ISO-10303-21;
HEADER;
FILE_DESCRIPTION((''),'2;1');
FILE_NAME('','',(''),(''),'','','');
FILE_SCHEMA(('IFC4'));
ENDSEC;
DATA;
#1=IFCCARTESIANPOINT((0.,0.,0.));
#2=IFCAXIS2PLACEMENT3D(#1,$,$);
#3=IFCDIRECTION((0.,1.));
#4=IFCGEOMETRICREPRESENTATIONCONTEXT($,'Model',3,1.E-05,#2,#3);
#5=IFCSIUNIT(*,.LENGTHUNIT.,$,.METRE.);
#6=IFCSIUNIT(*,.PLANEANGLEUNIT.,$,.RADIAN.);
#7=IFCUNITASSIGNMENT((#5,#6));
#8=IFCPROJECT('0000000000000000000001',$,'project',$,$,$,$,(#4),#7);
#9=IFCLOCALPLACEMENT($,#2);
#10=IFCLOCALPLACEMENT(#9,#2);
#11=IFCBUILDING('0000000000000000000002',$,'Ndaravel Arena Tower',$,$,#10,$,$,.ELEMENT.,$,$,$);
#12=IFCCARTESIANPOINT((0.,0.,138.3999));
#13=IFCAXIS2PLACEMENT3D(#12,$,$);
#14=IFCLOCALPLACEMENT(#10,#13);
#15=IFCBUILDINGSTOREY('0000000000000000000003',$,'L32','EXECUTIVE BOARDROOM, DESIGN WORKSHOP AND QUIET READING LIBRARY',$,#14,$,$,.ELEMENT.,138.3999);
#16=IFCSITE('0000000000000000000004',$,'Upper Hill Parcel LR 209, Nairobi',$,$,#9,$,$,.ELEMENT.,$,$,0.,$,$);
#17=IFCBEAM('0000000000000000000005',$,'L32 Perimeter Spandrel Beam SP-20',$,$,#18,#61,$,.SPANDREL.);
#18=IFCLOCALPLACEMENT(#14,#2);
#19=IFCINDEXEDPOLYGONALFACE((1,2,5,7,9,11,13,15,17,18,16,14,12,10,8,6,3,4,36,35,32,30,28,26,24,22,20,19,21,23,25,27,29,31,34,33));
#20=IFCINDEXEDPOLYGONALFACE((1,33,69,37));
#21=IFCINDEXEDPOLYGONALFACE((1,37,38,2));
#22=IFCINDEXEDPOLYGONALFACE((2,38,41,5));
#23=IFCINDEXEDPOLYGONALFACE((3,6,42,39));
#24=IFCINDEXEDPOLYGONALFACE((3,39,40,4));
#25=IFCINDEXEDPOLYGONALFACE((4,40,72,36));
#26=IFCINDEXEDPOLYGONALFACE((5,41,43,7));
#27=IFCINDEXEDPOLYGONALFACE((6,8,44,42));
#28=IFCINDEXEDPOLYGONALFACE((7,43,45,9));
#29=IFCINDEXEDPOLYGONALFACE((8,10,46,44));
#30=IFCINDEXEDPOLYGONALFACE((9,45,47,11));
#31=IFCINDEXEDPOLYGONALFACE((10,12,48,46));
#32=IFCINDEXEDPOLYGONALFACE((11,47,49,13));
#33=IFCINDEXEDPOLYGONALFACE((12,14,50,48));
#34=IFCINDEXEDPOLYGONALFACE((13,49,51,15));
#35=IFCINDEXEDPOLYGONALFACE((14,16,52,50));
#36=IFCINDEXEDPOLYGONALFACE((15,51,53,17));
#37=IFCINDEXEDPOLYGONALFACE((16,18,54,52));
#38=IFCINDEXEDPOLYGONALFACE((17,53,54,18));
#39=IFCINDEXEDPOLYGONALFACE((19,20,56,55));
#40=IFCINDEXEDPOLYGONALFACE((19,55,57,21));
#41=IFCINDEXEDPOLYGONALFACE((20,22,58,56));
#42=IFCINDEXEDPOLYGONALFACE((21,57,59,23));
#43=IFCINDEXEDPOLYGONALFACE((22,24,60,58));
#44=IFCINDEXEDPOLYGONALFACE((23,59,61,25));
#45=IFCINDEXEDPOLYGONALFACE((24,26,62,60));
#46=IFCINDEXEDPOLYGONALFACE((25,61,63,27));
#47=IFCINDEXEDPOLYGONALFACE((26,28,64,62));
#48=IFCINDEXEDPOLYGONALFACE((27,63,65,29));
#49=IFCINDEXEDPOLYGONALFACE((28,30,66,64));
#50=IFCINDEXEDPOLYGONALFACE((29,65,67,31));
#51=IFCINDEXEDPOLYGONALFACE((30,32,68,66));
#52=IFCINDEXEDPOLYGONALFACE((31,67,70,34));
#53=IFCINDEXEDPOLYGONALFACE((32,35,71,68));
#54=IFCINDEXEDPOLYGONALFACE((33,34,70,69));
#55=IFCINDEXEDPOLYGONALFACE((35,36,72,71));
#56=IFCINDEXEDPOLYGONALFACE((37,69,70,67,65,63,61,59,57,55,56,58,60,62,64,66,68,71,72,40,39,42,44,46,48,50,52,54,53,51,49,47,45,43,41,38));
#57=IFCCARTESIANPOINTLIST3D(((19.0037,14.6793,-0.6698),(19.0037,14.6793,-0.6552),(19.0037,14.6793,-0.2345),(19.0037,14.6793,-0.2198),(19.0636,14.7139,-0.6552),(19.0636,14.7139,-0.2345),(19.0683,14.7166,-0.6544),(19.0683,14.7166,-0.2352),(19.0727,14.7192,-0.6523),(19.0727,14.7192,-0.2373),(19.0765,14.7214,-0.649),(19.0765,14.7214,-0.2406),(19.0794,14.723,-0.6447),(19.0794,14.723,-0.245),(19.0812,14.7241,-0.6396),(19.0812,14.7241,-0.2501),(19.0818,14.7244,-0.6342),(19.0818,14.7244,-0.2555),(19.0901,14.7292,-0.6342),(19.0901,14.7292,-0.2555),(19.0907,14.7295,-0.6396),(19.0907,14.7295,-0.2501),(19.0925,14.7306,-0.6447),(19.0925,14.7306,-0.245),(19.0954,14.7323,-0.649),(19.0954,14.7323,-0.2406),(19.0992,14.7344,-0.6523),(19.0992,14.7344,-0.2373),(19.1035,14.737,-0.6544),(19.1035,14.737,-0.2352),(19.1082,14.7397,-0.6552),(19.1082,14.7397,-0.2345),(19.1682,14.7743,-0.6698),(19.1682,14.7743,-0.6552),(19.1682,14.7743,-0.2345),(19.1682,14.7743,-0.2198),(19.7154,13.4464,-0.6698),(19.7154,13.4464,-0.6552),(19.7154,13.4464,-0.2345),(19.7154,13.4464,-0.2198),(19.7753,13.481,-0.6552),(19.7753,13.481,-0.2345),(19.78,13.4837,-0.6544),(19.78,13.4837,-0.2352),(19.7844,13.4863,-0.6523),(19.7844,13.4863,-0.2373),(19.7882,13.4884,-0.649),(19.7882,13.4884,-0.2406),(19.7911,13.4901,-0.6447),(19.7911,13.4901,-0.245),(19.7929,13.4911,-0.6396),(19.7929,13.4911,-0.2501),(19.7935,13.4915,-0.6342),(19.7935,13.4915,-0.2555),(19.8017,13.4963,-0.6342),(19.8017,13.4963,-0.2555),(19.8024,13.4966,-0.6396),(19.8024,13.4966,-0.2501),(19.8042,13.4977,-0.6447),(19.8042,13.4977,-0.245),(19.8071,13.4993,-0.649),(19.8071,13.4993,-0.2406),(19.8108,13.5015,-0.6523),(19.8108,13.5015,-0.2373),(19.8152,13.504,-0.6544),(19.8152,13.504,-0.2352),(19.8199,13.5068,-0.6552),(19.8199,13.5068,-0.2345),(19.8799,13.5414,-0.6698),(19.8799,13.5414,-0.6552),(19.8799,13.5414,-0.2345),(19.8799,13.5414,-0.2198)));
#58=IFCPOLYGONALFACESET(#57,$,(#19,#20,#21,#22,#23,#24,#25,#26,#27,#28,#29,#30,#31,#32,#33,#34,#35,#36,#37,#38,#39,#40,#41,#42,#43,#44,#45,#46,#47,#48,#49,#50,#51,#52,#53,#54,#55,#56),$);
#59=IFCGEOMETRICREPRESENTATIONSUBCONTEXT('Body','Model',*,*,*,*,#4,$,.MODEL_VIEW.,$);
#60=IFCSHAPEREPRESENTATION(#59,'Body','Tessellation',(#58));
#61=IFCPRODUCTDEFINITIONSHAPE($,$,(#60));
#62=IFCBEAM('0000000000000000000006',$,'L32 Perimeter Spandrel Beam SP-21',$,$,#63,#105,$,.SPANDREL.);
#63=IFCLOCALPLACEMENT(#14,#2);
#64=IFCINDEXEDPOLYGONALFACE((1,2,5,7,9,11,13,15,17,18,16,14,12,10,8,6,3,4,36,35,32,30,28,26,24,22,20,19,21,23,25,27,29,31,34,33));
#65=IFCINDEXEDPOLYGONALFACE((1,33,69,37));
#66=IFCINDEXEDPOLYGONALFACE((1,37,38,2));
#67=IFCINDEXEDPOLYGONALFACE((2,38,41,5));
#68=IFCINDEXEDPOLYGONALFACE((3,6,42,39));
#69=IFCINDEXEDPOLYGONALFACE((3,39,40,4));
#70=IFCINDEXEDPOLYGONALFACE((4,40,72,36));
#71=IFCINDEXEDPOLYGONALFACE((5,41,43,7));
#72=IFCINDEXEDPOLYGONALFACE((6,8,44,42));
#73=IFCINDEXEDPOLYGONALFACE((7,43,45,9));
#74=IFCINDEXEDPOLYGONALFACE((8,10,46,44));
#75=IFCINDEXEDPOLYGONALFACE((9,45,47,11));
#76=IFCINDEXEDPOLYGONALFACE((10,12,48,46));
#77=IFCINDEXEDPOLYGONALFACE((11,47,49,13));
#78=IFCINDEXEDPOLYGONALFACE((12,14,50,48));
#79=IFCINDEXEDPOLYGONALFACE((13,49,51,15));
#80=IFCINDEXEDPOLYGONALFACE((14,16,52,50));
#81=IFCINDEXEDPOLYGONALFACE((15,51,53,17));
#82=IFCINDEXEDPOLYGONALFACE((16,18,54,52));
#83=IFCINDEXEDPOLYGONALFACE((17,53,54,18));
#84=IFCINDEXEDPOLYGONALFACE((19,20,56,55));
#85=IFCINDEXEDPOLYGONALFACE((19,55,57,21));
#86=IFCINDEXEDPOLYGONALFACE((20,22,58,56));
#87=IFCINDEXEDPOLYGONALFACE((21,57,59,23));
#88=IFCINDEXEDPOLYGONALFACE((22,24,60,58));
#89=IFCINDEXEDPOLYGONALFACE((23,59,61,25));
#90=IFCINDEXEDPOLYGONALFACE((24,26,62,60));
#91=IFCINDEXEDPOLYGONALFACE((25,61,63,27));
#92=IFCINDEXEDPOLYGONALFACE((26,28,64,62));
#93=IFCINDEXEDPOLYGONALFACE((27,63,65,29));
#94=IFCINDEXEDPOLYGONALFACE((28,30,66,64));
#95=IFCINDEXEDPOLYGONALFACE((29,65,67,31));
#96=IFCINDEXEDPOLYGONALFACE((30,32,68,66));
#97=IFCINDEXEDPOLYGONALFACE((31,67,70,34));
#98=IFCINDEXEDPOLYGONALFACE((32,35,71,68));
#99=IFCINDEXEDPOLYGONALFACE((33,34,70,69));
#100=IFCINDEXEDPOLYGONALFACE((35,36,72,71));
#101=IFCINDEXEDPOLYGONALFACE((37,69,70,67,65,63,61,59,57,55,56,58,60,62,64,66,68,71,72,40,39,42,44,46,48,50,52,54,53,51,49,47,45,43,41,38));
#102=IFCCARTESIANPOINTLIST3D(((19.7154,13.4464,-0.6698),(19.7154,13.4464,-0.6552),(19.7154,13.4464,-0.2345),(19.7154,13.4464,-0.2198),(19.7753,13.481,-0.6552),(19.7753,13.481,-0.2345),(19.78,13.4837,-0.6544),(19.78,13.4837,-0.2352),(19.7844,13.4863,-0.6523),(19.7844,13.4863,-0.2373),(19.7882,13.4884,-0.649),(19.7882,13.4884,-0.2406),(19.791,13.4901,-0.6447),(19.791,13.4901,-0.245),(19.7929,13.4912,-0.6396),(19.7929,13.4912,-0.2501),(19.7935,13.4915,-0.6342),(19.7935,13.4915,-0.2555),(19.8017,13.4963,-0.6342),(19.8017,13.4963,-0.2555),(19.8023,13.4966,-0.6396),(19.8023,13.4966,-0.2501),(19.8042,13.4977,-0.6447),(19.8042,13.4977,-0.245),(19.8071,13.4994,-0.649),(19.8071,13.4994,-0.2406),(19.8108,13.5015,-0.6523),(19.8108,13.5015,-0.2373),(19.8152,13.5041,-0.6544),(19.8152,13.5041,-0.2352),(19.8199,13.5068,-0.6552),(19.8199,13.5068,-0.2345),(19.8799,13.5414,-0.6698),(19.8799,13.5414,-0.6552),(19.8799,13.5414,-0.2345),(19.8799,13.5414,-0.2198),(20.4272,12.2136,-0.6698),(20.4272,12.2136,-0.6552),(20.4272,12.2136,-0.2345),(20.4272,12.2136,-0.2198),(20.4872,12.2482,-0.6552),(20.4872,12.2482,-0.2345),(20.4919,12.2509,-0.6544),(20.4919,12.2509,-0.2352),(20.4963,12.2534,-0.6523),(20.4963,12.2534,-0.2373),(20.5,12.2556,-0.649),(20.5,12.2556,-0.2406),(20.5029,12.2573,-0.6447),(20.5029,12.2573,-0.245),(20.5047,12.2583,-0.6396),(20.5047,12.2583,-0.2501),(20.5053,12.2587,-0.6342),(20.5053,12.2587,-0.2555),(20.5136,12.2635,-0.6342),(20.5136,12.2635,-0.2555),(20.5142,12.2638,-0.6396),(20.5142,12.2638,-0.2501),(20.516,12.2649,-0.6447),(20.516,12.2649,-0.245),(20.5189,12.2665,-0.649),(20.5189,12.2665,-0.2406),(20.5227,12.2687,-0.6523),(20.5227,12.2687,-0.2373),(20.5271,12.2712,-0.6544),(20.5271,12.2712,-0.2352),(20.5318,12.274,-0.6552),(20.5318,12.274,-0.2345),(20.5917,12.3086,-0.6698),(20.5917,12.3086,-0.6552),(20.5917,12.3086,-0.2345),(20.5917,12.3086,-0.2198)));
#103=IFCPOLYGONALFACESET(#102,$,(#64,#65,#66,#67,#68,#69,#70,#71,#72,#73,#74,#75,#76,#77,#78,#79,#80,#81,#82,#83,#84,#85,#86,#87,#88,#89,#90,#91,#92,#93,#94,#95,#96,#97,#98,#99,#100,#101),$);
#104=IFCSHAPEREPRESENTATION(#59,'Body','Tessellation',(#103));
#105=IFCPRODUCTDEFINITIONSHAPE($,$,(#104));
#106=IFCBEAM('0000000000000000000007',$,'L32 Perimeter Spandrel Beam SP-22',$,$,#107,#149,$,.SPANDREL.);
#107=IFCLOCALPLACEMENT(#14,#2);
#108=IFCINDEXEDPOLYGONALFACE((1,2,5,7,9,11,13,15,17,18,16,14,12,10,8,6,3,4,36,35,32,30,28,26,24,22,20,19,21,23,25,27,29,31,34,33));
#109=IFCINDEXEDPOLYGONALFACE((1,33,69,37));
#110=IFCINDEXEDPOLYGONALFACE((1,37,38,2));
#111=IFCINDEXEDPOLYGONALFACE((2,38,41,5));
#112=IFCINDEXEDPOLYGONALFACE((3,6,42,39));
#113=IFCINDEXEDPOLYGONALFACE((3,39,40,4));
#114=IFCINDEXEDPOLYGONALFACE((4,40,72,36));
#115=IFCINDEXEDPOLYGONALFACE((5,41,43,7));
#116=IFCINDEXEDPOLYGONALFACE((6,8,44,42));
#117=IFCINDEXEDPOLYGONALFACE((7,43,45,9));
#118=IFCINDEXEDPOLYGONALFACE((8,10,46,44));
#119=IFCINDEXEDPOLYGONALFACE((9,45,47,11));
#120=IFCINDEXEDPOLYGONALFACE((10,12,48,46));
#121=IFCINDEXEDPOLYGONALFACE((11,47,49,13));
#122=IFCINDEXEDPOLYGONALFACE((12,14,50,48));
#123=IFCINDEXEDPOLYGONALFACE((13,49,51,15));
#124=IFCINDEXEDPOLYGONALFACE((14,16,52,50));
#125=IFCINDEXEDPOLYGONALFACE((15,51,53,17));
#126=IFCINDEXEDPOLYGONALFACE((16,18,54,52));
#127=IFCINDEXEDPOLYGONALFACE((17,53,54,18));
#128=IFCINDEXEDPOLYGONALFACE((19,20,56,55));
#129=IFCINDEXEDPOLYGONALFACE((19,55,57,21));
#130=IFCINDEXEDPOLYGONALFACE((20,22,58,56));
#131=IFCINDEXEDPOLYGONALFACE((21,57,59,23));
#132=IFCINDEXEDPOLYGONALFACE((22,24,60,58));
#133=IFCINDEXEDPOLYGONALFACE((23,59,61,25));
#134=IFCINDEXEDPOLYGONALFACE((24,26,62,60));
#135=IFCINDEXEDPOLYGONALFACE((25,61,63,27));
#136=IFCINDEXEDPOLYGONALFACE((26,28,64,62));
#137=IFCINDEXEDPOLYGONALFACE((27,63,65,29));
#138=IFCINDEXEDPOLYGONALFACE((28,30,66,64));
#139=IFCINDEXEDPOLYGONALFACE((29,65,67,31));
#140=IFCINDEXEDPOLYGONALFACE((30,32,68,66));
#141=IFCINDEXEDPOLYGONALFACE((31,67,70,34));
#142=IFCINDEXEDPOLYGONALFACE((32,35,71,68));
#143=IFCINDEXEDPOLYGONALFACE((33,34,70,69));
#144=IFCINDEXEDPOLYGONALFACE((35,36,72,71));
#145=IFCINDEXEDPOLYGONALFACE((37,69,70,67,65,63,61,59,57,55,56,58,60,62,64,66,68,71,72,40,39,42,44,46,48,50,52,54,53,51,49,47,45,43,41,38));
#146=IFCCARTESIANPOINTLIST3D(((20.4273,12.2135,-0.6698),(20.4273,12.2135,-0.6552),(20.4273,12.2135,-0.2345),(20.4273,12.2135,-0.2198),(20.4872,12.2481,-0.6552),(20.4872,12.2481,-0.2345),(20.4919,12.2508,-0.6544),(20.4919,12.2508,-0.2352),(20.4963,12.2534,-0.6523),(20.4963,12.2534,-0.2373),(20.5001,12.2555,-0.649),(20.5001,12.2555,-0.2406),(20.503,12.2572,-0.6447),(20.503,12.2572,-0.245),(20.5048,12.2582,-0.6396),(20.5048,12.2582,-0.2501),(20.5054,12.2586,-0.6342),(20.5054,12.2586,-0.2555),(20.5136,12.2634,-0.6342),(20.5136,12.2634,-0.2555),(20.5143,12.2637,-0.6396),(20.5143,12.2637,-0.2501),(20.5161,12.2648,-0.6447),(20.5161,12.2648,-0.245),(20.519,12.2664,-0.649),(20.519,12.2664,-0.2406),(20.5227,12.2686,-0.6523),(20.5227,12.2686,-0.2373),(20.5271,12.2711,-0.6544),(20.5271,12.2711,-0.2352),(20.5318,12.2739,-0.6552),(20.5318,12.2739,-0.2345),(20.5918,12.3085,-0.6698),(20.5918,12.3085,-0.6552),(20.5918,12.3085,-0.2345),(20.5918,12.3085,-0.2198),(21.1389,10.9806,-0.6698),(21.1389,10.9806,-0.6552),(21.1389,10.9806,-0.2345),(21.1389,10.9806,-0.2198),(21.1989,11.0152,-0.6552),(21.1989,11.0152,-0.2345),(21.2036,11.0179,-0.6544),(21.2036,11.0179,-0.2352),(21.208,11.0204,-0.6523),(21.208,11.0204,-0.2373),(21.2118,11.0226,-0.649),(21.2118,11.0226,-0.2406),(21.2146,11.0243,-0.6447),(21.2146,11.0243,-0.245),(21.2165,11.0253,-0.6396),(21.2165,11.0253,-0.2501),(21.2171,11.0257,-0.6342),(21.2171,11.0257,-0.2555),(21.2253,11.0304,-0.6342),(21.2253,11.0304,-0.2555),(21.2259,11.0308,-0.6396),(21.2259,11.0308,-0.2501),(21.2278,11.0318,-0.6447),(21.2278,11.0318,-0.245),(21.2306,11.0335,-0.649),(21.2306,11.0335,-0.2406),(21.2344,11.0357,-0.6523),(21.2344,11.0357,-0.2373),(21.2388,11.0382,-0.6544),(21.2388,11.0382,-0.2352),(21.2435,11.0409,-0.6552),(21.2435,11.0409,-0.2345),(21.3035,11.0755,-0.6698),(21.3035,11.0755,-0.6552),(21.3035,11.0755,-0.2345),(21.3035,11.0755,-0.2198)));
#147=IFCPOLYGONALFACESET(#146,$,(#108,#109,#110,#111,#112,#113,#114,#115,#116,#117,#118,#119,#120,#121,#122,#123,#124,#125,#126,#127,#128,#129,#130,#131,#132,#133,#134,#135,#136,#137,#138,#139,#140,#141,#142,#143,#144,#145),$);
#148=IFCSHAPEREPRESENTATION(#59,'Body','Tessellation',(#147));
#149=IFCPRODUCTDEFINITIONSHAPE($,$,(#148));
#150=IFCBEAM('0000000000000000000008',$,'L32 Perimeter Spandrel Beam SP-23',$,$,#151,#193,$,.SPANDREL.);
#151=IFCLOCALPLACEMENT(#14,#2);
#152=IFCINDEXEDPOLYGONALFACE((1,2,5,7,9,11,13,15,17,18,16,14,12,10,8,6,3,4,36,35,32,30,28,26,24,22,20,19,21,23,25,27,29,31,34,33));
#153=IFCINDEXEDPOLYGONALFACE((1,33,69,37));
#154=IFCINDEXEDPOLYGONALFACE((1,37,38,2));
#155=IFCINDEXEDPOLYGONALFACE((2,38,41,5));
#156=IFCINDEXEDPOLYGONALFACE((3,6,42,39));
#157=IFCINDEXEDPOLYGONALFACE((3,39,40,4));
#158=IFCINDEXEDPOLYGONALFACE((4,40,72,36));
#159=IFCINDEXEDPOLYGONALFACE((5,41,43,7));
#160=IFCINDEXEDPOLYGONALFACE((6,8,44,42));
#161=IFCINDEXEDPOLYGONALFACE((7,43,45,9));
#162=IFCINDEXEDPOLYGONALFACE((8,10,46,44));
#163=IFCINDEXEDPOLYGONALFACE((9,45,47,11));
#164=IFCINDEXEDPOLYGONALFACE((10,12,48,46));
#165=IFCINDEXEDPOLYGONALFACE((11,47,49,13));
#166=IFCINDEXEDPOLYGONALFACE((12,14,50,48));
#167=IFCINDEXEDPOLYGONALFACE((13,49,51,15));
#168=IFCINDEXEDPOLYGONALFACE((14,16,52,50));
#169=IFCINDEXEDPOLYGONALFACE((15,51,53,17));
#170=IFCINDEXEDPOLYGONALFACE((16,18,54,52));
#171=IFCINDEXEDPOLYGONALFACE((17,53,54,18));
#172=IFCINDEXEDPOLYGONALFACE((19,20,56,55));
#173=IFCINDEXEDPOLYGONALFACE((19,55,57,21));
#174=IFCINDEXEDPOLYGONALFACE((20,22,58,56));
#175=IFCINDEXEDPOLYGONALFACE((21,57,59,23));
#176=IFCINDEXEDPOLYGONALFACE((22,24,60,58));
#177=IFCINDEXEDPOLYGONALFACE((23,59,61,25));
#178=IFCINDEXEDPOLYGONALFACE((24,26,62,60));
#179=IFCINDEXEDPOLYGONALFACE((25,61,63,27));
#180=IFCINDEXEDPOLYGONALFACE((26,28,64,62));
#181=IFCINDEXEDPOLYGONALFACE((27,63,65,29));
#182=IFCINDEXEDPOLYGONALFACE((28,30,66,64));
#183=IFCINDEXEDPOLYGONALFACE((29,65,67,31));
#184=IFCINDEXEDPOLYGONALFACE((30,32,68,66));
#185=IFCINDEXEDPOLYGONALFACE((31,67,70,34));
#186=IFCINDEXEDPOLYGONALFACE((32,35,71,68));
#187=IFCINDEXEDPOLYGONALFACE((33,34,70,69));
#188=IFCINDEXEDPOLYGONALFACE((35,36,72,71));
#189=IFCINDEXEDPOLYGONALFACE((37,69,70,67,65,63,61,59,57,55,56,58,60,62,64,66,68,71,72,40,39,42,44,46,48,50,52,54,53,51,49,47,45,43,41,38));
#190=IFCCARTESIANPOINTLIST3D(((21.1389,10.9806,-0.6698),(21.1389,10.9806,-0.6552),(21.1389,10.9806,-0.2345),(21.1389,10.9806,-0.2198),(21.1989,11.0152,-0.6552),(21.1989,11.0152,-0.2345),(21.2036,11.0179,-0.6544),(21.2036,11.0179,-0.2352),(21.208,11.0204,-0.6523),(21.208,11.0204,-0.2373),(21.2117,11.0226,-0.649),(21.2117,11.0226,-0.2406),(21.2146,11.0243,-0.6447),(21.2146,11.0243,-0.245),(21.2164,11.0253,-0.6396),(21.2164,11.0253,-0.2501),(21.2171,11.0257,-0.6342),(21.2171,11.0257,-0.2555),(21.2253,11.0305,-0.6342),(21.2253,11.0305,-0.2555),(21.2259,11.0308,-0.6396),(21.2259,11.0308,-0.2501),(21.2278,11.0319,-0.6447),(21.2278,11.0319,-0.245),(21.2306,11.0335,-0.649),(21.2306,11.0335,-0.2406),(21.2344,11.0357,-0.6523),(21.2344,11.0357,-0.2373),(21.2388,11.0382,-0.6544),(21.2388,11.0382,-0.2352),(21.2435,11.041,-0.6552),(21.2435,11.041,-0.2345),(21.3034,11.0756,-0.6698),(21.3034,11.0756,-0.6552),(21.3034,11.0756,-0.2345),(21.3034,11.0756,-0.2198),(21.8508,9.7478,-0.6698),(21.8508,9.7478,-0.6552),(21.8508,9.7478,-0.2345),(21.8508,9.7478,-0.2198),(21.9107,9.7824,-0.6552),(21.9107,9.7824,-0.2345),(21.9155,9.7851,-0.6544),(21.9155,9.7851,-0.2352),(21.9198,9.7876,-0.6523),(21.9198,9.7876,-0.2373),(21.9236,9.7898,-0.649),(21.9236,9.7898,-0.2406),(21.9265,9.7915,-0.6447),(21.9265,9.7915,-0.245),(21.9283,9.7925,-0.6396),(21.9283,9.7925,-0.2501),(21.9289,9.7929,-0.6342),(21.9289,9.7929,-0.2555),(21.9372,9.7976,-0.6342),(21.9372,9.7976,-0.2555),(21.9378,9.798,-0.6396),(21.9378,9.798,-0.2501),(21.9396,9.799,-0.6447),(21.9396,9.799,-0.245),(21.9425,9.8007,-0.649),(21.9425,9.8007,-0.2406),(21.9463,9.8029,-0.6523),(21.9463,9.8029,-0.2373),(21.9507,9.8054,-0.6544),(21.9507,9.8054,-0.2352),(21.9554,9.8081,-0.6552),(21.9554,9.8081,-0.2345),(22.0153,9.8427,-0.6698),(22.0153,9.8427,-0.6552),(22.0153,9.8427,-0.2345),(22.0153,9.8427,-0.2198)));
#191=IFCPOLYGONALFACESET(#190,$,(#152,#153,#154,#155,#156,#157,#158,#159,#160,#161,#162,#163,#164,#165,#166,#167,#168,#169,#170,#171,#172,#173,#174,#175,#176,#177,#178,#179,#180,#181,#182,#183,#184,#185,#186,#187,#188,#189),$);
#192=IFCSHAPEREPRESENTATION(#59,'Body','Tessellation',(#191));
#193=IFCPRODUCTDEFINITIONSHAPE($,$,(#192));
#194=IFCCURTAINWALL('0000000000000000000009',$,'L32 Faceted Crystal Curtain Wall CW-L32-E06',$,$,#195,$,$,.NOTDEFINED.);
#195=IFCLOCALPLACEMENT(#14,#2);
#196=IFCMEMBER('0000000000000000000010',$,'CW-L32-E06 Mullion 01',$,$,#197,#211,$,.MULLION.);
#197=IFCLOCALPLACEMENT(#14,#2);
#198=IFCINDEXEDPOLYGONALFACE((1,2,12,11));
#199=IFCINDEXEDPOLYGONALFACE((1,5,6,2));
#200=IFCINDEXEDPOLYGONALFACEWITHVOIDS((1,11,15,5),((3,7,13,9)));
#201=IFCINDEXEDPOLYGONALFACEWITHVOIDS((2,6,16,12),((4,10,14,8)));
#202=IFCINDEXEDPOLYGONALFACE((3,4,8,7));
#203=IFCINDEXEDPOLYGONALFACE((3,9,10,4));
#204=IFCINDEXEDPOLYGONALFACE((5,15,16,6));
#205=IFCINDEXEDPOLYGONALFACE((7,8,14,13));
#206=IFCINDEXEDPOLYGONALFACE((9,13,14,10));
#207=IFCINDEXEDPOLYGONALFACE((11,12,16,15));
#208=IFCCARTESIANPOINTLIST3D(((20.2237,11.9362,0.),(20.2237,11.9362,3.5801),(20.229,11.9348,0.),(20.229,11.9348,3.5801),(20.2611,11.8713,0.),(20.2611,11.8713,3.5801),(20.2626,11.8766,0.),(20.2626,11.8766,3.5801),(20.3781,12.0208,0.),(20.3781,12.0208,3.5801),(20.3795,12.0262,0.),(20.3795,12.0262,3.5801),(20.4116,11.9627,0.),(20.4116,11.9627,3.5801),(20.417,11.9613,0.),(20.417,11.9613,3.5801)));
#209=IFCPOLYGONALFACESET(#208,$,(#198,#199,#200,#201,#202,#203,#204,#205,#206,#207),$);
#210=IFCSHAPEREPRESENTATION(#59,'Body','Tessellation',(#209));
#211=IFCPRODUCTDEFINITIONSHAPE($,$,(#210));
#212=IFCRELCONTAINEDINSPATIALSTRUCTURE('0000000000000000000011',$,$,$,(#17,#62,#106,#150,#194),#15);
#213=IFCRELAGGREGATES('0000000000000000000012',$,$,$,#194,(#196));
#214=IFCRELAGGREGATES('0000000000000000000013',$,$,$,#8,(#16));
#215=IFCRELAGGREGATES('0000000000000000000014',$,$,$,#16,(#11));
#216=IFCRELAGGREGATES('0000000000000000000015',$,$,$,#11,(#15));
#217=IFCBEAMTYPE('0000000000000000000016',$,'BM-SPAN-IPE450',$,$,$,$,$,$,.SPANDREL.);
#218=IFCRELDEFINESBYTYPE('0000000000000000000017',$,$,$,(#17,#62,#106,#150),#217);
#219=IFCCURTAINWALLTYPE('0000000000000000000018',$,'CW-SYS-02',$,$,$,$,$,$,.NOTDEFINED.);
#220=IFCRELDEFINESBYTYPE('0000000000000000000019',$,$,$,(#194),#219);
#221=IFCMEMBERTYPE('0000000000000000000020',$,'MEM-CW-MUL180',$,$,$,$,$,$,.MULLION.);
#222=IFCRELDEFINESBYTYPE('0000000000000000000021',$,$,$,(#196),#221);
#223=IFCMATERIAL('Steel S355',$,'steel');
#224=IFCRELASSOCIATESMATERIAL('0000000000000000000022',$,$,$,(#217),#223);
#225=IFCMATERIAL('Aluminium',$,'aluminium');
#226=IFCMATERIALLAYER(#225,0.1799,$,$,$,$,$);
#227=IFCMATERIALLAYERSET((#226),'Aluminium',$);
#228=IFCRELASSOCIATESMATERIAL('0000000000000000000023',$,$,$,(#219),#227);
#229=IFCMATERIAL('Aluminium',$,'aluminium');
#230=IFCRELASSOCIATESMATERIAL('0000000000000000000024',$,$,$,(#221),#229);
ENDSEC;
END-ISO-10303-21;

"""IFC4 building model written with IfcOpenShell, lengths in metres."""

from ifc_helpers import new_model, si_unit, direction, frame, origin, origin_2d, place, context, subcontext, project, spatial, hollow_rectangle, i_section, extrude, material, layer, layer_set, material_profile, profile_set, type_object, element, aggregate, save


model = new_model("IFC4")

# Units and contexts
model_context = context("Model", 3, precision=1e-05, world=origin(), true_north=direction((0.0, 1.0)))
body_context = subcontext(model_context, "Body", "Model", "MODEL_VIEW")
ifc_project = project(units=[si_unit("LENGTHUNIT", "METRE"), si_unit("PLANEANGLEUNIT", "RADIAN")], contexts=[model_context])

# Site, building, storey
site_placement = place(None, origin())
site = spatial("IfcSite", under=ifc_project, at=site_placement, Name="Upper Hill Parcel LR 209, Nairobi", CompositionType="ELEMENT", RefElevation=0.0)
building_placement = place(site_placement, origin())
building = spatial("IfcBuilding", under=site, at=building_placement, Name="Ndaravel Arena Tower", CompositionType="ELEMENT")
storey_placement = place(building_placement, frame((0.0, 0.0, 138.3999)))
storey = spatial("IfcBuildingStorey", under=building, at=storey_placement, Name="L32", Description="EXECUTIVE BOARDROOM, DESIGN WORKSHOP AND QUIET READING LIBRARY", CompositionType="ELEMENT", Elevation=138.3999)

# Beams
ifc_material_1 = material(Name="Steel S355", Category="steel")
ifc_material_profile_1 = material_profile(ifc_material_1, i_section(OverallWidth=0.1899, OverallDepth=0.45, WebThickness=0.0095, FlangeThickness=0.0146, FilletRadius=0.021, at=origin_2d()), Name="IPE 450")
ifc_profile_set_1 = profile_set([ifc_material_profile_1], Name="Steel S355")
beam_type = type_object("IfcBeamType", Name="BM-SPAN-IPE450", PredefinedType="SPANDREL", material=ifc_profile_set_1)
for number, where, z_axis, x_axis, name in (
    (1, (19.0859, 14.7268, -0.4448), (0.49992, -0.866071, 0.0), (0.866071, 0.49992, 0.0), "L32 Perimeter Spandrel Beam SP-20"),
    (2, (19.7976, 13.4939, -0.4448), (0.500049, -0.865997, 0.0), (0.865997, 0.500049, 0.0), "L32 Perimeter Spandrel Beam SP-21"),
    (3, (20.5095, 12.261, -0.4448), (0.49992, -0.866071, 0.0), (0.866071, 0.49992, 0.0), "L32 Perimeter Spandrel Beam SP-22"),
    (4, (21.2212, 11.0281, -0.4448), (0.500049, -0.865997, 0.0), (0.865997, 0.500049, 0.0), "L32 Perimeter Spandrel Beam SP-23"),
):
    element("IfcBeam", number, at=place(storey_placement, frame(where, z_axis=z_axis, x_axis=x_axis)), inside=storey, type_object=beam_type, Name=name, PredefinedType="SPANDREL", context=body_context, shape_type="SweptSolid", body=[
        extrude(i_section(OverallWidth=0.1899, OverallDepth=0.45, WebThickness=0.0095, FlangeThickness=0.0146, FilletRadius=0.021, at=origin_2d()), origin(), (0.0, 0.0, 1.0), 1.4236),
    ])

# Curtain wall, member
ifc_material_2 = material(Name="Aluminium", Category="aluminium")
ifc_layer_1 = layer(ifc_material_2, 0.1799)
ifc_layer_set_1 = layer_set([ifc_layer_1], Name="Aluminium")
curtain_wall_type = type_object("IfcCurtainWallType", Name="CW-SYS-02", PredefinedType="NOTDEFINED", material=ifc_layer_set_1)
curtain_wall_placement = place(storey_placement, origin())
curtain_wall = element("IfcCurtainWall", 5, at=curtain_wall_placement, inside=storey, type_object=curtain_wall_type, Name="L32 Faceted Crystal Curtain Wall CW-L32-E06", PredefinedType="NOTDEFINED")
ifc_material_3 = material(Name="Aluminium", Category="aluminium")
ifc_material_profile_2 = material_profile(ifc_material_3, hollow_rectangle(XDim=0.075, YDim=0.1799, WallThickness=0.0039, at=origin_2d()), Name="CW MULLION 75x180x4")
ifc_profile_set_2 = profile_set([ifc_material_profile_2], Name="Aluminium")
member_type = type_object("IfcMemberType", Name="MEM-CW-MUL180", PredefinedType="MULLION", material=ifc_profile_set_2)
member_placement = place(storey_placement, frame((20.3203, 11.9487, 0.0), z_axis=(0.0, 0.0, 1.0), x_axis=(0.5, -0.866025, 0.0)))
member = element("IfcMember", 6, at=member_placement, type_object=member_type, Name="CW-L32-E06 Mullion 01", PredefinedType="MULLION", context=body_context, shape_type="SweptSolid", body=[
    extrude(hollow_rectangle(XDim=0.075, YDim=0.1799, WallThickness=0.0039, at=origin_2d()), origin(), (0.0, 0.0, 1.0), 3.5801),
])
aggregate(curtain_wall, [member])

save(model, "model.ifc")
